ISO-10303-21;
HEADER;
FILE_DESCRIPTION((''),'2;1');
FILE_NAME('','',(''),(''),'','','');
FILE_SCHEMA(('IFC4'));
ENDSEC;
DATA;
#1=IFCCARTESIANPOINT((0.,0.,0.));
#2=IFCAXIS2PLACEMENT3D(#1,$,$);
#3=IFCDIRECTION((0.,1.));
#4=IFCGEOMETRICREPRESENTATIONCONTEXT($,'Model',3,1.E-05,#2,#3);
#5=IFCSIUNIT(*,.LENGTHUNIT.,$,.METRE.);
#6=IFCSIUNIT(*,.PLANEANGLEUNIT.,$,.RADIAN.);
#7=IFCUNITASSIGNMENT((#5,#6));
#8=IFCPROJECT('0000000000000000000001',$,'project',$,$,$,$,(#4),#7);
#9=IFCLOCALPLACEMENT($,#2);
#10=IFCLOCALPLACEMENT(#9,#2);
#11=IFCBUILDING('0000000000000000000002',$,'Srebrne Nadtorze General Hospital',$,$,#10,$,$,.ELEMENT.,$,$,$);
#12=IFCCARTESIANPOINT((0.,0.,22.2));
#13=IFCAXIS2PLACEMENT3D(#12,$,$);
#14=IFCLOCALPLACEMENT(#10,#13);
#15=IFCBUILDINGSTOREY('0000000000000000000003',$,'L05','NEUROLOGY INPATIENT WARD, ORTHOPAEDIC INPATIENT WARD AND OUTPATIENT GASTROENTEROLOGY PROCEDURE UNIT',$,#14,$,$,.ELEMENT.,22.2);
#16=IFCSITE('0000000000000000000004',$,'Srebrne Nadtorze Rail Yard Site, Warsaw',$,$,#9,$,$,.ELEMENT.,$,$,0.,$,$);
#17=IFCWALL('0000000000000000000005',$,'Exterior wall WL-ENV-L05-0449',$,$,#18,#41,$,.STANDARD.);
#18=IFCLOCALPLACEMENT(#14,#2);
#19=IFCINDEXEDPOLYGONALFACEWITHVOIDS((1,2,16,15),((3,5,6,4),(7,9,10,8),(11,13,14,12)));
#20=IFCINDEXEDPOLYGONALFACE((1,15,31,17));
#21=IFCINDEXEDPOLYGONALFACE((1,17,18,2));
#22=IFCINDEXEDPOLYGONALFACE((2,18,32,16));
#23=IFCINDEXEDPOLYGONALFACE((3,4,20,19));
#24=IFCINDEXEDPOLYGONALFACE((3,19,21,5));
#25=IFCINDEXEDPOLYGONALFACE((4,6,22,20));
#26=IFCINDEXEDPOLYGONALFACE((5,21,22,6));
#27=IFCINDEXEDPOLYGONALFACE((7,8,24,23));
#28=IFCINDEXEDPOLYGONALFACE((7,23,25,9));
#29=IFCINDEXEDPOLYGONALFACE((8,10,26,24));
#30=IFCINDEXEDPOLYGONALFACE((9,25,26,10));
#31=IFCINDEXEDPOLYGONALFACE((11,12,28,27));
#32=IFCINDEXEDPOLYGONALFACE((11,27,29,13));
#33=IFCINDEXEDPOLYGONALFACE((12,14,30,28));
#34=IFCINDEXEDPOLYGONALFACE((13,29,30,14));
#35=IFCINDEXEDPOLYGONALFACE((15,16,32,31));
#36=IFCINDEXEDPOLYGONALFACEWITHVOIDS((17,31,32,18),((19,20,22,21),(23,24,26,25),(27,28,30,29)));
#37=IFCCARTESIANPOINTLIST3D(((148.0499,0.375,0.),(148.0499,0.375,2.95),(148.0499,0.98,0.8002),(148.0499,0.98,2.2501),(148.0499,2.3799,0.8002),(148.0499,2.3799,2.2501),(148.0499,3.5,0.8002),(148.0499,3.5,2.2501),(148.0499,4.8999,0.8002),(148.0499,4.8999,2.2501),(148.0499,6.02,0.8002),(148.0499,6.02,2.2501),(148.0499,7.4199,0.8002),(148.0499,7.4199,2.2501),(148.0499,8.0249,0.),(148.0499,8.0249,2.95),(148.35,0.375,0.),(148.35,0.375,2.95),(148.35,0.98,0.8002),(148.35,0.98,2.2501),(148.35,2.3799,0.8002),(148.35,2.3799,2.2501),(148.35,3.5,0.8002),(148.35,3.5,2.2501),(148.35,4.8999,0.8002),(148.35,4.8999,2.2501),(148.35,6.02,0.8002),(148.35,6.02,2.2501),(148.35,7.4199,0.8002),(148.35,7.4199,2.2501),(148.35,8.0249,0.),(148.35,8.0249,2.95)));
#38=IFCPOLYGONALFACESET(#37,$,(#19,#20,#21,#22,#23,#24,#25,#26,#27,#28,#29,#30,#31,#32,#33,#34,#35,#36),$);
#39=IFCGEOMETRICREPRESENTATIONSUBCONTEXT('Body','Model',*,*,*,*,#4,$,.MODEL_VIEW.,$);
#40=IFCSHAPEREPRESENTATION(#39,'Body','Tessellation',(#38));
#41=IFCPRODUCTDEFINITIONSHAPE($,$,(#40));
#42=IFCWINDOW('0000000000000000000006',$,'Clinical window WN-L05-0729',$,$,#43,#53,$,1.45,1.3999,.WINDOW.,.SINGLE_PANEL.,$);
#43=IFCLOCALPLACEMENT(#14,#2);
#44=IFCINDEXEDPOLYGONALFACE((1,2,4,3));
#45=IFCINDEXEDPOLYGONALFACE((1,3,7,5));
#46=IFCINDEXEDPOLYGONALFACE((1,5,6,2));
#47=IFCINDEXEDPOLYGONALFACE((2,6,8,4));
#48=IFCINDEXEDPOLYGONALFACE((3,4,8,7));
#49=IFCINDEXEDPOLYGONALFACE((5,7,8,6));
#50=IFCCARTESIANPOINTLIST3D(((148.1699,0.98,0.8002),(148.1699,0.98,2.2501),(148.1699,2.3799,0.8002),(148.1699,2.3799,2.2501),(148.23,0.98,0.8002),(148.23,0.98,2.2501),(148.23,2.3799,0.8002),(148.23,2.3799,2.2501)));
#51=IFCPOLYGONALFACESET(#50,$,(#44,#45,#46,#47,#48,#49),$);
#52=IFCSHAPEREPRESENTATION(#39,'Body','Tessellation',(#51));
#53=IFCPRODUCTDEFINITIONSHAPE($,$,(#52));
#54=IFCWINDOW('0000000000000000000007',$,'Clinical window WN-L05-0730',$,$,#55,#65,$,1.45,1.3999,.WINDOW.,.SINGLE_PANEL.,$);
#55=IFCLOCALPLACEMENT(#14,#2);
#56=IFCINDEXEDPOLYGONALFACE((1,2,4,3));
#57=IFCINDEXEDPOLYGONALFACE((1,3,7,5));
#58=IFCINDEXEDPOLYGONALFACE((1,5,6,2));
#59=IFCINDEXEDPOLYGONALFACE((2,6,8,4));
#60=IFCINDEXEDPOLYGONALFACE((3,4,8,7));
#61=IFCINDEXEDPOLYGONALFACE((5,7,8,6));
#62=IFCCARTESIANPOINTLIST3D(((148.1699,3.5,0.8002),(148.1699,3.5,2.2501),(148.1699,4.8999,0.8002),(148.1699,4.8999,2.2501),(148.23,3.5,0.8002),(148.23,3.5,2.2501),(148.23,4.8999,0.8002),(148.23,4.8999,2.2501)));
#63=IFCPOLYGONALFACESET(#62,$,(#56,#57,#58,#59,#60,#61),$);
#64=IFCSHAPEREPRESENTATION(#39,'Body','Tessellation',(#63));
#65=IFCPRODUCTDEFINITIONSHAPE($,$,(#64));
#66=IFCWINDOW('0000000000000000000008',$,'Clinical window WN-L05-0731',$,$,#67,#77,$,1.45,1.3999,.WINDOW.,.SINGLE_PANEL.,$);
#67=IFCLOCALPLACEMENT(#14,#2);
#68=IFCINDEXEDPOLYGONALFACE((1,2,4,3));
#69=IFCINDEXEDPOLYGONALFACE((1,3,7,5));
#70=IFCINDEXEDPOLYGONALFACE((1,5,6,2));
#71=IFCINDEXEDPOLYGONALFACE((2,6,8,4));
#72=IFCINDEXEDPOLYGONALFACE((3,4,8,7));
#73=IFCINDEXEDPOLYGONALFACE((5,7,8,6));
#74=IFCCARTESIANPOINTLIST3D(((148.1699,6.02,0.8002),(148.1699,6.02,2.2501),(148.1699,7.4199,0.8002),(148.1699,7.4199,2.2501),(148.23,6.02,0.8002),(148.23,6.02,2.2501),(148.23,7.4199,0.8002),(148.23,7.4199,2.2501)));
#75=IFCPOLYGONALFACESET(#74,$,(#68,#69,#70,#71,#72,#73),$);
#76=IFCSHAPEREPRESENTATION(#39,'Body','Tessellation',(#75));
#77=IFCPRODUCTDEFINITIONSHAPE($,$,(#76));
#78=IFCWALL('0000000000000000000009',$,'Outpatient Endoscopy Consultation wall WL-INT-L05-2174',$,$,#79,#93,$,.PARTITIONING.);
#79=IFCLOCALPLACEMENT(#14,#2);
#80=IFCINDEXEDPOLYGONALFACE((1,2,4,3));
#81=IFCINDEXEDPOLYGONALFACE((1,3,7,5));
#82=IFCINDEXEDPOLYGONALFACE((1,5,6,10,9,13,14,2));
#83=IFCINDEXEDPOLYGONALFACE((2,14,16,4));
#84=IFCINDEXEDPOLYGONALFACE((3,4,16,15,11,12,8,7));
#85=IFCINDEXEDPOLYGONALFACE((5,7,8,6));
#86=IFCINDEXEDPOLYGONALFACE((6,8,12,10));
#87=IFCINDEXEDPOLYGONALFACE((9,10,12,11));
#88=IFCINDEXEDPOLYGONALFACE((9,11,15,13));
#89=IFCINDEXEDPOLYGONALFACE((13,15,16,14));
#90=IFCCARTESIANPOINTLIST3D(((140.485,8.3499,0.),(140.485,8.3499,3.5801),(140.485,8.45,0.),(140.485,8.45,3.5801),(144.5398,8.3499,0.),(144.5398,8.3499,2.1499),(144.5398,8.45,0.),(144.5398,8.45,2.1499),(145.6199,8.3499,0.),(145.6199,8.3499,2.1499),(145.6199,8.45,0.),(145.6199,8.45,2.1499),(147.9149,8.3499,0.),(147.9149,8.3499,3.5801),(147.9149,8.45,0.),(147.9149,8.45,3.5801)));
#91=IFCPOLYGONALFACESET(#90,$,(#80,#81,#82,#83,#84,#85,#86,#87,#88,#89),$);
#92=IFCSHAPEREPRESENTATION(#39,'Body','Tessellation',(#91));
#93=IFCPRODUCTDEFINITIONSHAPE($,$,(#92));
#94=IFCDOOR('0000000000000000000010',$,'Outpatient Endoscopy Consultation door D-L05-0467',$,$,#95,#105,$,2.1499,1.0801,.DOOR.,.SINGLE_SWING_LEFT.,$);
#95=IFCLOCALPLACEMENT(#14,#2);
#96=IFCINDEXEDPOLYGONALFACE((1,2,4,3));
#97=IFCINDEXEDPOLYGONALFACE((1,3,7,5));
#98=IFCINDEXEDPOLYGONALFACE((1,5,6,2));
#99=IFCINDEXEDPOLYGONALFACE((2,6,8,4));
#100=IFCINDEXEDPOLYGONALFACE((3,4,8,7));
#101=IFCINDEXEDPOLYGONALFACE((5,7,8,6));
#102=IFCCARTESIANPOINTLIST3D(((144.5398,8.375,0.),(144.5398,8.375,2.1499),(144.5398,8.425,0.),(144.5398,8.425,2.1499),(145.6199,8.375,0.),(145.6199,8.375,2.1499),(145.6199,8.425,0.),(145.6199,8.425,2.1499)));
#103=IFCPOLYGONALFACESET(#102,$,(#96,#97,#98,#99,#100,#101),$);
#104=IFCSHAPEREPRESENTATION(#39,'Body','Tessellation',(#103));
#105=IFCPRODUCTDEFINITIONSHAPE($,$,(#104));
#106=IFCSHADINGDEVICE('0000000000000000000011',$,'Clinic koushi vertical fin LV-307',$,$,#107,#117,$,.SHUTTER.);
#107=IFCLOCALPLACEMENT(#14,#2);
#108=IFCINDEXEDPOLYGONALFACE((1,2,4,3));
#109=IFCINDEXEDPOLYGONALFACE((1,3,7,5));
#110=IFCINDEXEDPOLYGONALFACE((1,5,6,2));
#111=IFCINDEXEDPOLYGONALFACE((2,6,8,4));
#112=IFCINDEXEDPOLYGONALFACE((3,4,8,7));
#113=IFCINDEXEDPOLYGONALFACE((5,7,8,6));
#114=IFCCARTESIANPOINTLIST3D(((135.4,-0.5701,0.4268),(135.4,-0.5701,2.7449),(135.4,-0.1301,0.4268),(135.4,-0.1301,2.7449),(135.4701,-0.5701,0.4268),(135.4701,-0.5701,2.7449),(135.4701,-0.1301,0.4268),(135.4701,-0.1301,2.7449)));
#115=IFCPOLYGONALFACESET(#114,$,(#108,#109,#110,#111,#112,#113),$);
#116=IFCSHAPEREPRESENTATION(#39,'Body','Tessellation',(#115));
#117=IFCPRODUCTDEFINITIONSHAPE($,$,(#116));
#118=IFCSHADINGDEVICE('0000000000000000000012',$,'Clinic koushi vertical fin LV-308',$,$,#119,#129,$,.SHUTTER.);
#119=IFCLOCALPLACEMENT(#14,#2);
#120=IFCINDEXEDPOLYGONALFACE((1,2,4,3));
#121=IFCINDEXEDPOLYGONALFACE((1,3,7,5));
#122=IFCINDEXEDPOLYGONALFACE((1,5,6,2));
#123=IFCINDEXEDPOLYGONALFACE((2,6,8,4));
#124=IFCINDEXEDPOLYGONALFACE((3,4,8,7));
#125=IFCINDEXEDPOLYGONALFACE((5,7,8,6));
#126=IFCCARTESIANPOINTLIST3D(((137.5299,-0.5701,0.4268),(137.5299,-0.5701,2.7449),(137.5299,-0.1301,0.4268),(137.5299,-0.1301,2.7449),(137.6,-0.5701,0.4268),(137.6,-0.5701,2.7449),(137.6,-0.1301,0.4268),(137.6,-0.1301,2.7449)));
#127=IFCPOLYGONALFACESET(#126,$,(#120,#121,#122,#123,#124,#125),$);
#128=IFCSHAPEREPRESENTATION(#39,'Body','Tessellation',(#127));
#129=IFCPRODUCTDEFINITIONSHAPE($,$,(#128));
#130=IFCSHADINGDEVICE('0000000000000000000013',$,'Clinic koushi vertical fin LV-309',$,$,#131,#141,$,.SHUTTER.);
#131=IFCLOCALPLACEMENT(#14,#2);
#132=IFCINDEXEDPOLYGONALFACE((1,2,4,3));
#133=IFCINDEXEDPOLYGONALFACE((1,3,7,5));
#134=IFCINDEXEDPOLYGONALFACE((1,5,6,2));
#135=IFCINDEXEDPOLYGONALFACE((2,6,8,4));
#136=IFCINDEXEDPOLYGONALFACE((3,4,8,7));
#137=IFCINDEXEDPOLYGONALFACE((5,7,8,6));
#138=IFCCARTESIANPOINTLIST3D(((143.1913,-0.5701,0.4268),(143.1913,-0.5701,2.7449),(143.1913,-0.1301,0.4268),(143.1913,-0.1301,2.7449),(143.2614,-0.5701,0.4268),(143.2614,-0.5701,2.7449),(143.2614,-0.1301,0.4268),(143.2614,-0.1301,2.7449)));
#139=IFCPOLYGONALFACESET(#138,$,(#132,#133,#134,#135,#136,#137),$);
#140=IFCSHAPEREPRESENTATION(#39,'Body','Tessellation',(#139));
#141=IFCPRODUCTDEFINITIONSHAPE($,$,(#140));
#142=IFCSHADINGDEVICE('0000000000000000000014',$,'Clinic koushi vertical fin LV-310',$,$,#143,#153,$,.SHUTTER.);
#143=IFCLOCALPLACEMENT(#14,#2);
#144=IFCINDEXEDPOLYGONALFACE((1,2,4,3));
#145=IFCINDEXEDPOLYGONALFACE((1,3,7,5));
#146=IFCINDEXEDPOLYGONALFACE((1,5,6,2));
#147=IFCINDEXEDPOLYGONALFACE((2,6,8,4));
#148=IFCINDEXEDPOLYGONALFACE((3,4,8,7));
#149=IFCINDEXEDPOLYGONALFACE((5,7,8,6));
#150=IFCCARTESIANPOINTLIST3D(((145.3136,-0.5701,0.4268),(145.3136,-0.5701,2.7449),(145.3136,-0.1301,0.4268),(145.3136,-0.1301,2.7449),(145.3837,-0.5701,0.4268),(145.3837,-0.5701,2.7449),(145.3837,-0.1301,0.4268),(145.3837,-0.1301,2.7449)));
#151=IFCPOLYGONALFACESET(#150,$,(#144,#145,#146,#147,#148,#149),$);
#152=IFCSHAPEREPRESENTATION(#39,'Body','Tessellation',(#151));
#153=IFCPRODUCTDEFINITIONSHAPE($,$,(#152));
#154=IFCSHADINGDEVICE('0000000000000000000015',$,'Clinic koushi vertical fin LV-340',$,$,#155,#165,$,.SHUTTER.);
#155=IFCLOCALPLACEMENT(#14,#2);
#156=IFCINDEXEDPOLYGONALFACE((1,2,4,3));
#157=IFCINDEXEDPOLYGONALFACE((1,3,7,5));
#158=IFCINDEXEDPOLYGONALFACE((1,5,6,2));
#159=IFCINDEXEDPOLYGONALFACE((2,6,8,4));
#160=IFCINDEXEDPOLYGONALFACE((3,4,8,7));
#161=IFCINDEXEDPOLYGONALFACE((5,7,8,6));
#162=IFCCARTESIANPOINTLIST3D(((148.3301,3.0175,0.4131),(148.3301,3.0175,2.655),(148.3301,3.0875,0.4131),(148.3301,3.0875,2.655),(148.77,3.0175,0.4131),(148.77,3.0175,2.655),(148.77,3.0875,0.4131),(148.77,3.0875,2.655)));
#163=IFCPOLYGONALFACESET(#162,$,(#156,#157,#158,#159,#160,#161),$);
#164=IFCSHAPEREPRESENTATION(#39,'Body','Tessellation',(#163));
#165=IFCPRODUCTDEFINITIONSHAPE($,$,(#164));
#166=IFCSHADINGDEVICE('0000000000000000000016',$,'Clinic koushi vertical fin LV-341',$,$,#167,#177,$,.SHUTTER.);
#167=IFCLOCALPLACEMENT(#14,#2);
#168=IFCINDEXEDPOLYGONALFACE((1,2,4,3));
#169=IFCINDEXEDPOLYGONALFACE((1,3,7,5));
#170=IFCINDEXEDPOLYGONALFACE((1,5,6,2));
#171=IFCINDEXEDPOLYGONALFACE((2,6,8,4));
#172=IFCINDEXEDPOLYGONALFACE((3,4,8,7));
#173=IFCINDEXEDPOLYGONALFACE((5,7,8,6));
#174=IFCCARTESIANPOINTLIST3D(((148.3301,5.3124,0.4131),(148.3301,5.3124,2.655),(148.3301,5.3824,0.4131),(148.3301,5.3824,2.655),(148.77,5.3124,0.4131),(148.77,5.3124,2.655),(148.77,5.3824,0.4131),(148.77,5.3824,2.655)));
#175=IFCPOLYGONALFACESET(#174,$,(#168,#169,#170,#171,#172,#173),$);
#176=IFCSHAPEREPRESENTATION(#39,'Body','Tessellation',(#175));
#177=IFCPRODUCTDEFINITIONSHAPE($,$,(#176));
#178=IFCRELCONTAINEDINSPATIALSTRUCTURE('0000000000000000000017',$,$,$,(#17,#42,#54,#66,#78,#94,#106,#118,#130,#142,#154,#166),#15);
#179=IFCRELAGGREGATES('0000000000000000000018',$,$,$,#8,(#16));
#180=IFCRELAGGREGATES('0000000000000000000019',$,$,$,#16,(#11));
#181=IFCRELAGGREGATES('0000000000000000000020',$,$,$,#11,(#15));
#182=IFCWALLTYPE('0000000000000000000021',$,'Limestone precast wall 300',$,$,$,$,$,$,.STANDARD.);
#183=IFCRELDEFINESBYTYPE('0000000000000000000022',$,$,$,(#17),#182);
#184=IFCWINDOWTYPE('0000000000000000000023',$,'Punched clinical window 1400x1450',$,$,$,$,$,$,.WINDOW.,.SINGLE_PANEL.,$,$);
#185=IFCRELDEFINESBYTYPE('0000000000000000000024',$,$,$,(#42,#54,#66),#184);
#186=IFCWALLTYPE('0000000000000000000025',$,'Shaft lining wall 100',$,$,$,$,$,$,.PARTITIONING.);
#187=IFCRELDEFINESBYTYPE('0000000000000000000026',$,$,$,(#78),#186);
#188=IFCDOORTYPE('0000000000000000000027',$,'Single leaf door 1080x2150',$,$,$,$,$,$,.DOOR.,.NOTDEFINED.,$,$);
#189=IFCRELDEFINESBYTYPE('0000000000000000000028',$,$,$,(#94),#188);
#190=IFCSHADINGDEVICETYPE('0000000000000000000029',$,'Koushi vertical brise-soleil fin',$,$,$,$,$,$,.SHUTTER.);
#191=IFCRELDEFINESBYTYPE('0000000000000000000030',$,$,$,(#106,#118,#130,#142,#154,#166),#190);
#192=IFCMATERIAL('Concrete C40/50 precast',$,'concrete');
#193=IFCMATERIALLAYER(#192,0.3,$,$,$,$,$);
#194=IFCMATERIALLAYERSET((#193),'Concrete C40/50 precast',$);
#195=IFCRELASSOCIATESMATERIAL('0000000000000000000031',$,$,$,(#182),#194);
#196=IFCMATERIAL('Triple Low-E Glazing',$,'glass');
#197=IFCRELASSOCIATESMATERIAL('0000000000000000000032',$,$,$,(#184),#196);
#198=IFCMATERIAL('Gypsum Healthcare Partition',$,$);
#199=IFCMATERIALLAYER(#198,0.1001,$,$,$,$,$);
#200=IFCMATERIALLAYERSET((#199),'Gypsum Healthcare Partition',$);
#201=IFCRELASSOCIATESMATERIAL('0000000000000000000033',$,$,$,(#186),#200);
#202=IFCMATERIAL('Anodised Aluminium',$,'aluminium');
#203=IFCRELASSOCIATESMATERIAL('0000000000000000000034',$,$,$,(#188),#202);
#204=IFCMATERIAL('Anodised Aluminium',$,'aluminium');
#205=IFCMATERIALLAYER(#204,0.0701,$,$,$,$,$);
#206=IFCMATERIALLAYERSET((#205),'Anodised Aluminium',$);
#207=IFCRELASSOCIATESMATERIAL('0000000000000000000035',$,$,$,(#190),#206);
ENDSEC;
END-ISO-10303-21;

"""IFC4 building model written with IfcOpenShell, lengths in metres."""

from ifc_helpers import new_model, si_unit, direction, frame, frame_2d, origin, origin_2d, place, context, subcontext, project, spatial, rectangle, extrude, material, layer, layer_set, type_object, element, fill, save


model = new_model("IFC4")

# Units and contexts
model_context = context("Model", 3, precision=1e-05, world=origin(), true_north=direction((0.0, 1.0)))
body_context = subcontext(model_context, "Body", "Model", "MODEL_VIEW")
ifc_project = project(units=[si_unit("LENGTHUNIT", "METRE"), si_unit("PLANEANGLEUNIT", "RADIAN")], contexts=[model_context])

# Site, building, storey
site_placement = place(None, origin())
site = spatial("IfcSite", under=ifc_project, at=site_placement, Name="Srebrne Nadtorze Rail Yard Site, Warsaw", CompositionType="ELEMENT", RefElevation=0.0)
building_placement = place(site_placement, origin())
building = spatial("IfcBuilding", under=site, at=building_placement, Name="Srebrne Nadtorze General Hospital", CompositionType="ELEMENT")
storey_placement = place(building_placement, frame((0.0, 0.0, 22.2)))
storey = spatial("IfcBuildingStorey", under=building, at=storey_placement, Name="L05", Description="NEUROLOGY INPATIENT WARD, ORTHOPAEDIC INPATIENT WARD AND OUTPATIENT GASTROENTEROLOGY PROCEDURE UNIT", CompositionType="ELEMENT", Elevation=22.2)

# Wall, openings, windows
ifc_material_1 = material(Name="Concrete C40/50 precast", Category="concrete")
ifc_layer_1 = layer(ifc_material_1, 0.3)
ifc_layer_set_1 = layer_set([ifc_layer_1], Name="Concrete C40/50 precast")
wall_type_1 = type_object("IfcWallType", Name="Limestone precast wall 300", PredefinedType="STANDARD", material=ifc_layer_set_1)
wall_1_placement = place(storey_placement, frame((148.2, 0.375, 0.0), z_axis=(0.0, 0.0, 1.0), x_axis=(0.0, 1.0, 0.0)))
wall_1 = element("IfcWall", 1, at=wall_1_placement, inside=storey, type_object=wall_type_1, Name="Exterior wall WL-ENV-L05-0449", PredefinedType="STANDARD", context=body_context, shape_type="SweptSolid", body=[
    extrude(rectangle(XDim=7.6499, YDim=0.3, at=frame_2d((3.825, 0.0))), origin(), (0.0, 0.0, 1.0), 2.95),
])
opening_1_placement = place(wall_1_placement, frame((0.605, 0.0, 0.8)))
opening_1 = element("IfcOpeningElement", 2, at=opening_1_placement, cuts=wall_1, PredefinedType="OPENING", context=body_context, shape_type="SweptSolid", body=[
    extrude(rectangle(XDim=1.3999, YDim=1.45, at=frame_2d((0.7, 0.7251))), frame((0.0, 0.1621, 0.0), z_axis=(0.0, -1.0, 0.0), x_axis=(1.0, 0.0, 0.0)), (0.0, 0.0, 1.0), 0.324),
])
opening_2_placement = place(wall_1_placement, frame((3.125, 0.0, 0.8)))
opening_2 = element("IfcOpeningElement", 3, at=opening_2_placement, cuts=wall_1, PredefinedType="OPENING", context=body_context, shape_type="SweptSolid", body=[
    extrude(rectangle(XDim=1.3999, YDim=1.45, at=frame_2d((0.7, 0.7251))), frame((0.0, 0.1621, 0.0), z_axis=(0.0, -1.0, 0.0), x_axis=(1.0, 0.0, 0.0)), (0.0, 0.0, 1.0), 0.324),
])
opening_3_placement = place(wall_1_placement, frame((5.645, 0.0, 0.8)))
opening_3 = element("IfcOpeningElement", 4, at=opening_3_placement, cuts=wall_1, PredefinedType="OPENING", context=body_context, shape_type="SweptSolid", body=[
    extrude(rectangle(XDim=1.3999, YDim=1.45, at=frame_2d((0.7, 0.7251))), frame((0.0, 0.1621, 0.0), z_axis=(0.0, -1.0, 0.0), x_axis=(1.0, 0.0, 0.0)), (0.0, 0.0, 1.0), 0.324),
])
ifc_material_2 = material(Name="Triple Low-E Glazing", Category="glass")
window_type_1 = type_object("IfcWindowType", Name="Punched clinical window 1400x1450", PartitioningType="SINGLE_PANEL", PredefinedType="WINDOW", material=ifc_material_2)
window_1_placement = place(opening_1_placement, origin())
window_1 = element("IfcWindow", 5, at=window_1_placement, inside=storey, type_object=window_type_1, Name="Clinical window WN-L05-0729", OverallHeight=1.45, OverallWidth=1.3999, PartitioningType="SINGLE_PANEL", PredefinedType="WINDOW", context=body_context, shape_type="SweptSolid", body=[
    extrude(rectangle(XDim=1.3999, YDim=1.45, at=frame_2d((0.7, 0.7251))), frame((0.0, 0.03, 0.0), z_axis=(0.0, -1.0, 0.0), x_axis=(1.0, 0.0, 0.0)), (0.0, 0.0, 1.0), 0.0601),
])
fill(opening_1, window_1)
window_2_placement = place(opening_2_placement, origin())
window_2 = element("IfcWindow", 6, at=window_2_placement, inside=storey, type_object=window_type_1, Name="Clinical window WN-L05-0730", OverallHeight=1.45, OverallWidth=1.3999, PartitioningType="SINGLE_PANEL", PredefinedType="WINDOW", context=body_context, shape_type="SweptSolid", body=[
    extrude(rectangle(XDim=1.3999, YDim=1.45, at=frame_2d((0.7, 0.7251))), frame((0.0, 0.03, 0.0), z_axis=(0.0, -1.0, 0.0), x_axis=(1.0, 0.0, 0.0)), (0.0, 0.0, 1.0), 0.0601),
])
fill(opening_2, window_2)
window_3_placement = place(opening_3_placement, origin())
window_3 = element("IfcWindow", 7, at=window_3_placement, inside=storey, type_object=window_type_1, Name="Clinical window WN-L05-0731", OverallHeight=1.45, OverallWidth=1.3999, PartitioningType="SINGLE_PANEL", PredefinedType="WINDOW", context=body_context, shape_type="SweptSolid", body=[
    extrude(rectangle(XDim=1.3999, YDim=1.45, at=frame_2d((0.7, 0.7251))), frame((0.0, 0.03, 0.0), z_axis=(0.0, -1.0, 0.0), x_axis=(1.0, 0.0, 0.0)), (0.0, 0.0, 1.0), 0.0601),
])
fill(opening_3, window_3)

# Wall, opening, door
ifc_material_3 = material(Name="Gypsum Healthcare Partition")
ifc_layer_2 = layer(ifc_material_3, 0.1001)
ifc_layer_set_2 = layer_set([ifc_layer_2], Name="Gypsum Healthcare Partition")
wall_type_2 = type_object("IfcWallType", Name="Shaft lining wall 100", PredefinedType="PARTITIONING", material=ifc_layer_set_2)
wall_2_placement = place(storey_placement, frame((140.4851, 8.3999, 0.0), z_axis=(0.0, 0.0, 1.0), x_axis=(1.0, 0.0, 0.0)))
wall_2 = element("IfcWall", 8, at=wall_2_placement, inside=storey, type_object=wall_type_2, Name="Outpatient Endoscopy Consultation wall WL-INT-L05-2174", PredefinedType="PARTITIONING", context=body_context, shape_type="SweptSolid", body=[
    extrude(rectangle(XDim=7.4299, YDim=0.1001, at=frame_2d((3.7148, 0.0))), origin(), (0.0, 0.0, 1.0), 3.5801),
])
opening_4_placement = place(wall_2_placement, frame((4.0547, 0.0, 0.0)))
opening_4 = element("IfcOpeningElement", 9, at=opening_4_placement, cuts=wall_2, PredefinedType="OPENING", context=body_context, shape_type="SweptSolid", body=[
    extrude(rectangle(XDim=1.0801, YDim=2.1499, at=frame_2d((0.54, 1.075))), frame((0.0, 0.062, 0.0), z_axis=(0.0, -1.0, 0.0), x_axis=(1.0, 0.0, 0.0)), (0.0, 0.0, 1.0), 0.124),
])
ifc_material_4 = material(Name="Anodised Aluminium", Category="aluminium")
door_type = type_object("IfcDoorType", Name="Single leaf door 1080x2150", OperationType="NOTDEFINED", PredefinedType="DOOR", material=ifc_material_4)
door_placement = place(opening_4_placement, frame((1.0801, 0.0, 0.0), z_axis=(0.0, 0.0, 1.0), x_axis=(-1.0, 0.0, 0.0)))
door = element("IfcDoor", 10, at=door_placement, inside=storey, type_object=door_type, Name="Outpatient Endoscopy Consultation door D-L05-0467", OperationType="SINGLE_SWING_LEFT", OverallHeight=2.1499, OverallWidth=1.0801, PredefinedType="DOOR", context=body_context, shape_type="SweptSolid", body=[
    extrude(rectangle(XDim=1.0801, YDim=2.1499, at=frame_2d((0.54, 1.075))), frame((0.0, 0.0249, 0.0), z_axis=(0.0, -1.0, 0.0), x_axis=(1.0, 0.0, 0.0)), (0.0, 0.0, 1.0), 0.05),
])
fill(opening_4, door)

# Shading devices
ifc_material_5 = material(Name="Anodised Aluminium", Category="aluminium")
ifc_layer_3 = layer(ifc_material_5, 0.0701)
ifc_layer_set_3 = layer_set([ifc_layer_3], Name="Anodised Aluminium")
shading_device_type = type_object("IfcShadingDeviceType", Name="Koushi vertical brise-soleil fin", PredefinedType="SHUTTER", material=ifc_layer_set_3)
for number, where, z_axis, x_axis, name in (
    (11, (135.4351, -0.3501, 0.4268), (0.0, 0.0, 1.0), (1.0, 0.0, 0.0), "Clinic koushi vertical fin LV-307"),
    (12, (137.5649, -0.3501, 0.4268), (0.0, 0.0, 1.0), (1.0, 0.0, 0.0), "Clinic koushi vertical fin LV-308"),
    (13, (143.2263, -0.3501, 0.4268), (0.0, 0.0, 1.0), (1.0, 0.0, 0.0), "Clinic koushi vertical fin LV-309"),
    (14, (145.3486, -0.3501, 0.4268), (0.0, 0.0, 1.0), (1.0, 0.0, 0.0), "Clinic koushi vertical fin LV-310"),
):
    element("IfcShadingDevice", number, at=place(storey_placement, frame(where, z_axis=z_axis, x_axis=x_axis)), inside=storey, type_object=shading_device_type, Name=name, PredefinedType="SHUTTER", context=body_context, shape_type="SweptSolid", body=[
        extrude(rectangle(XDim=0.0701, YDim=0.4399, at=origin_2d()), origin(), (0.0, 0.0, 1.0), 2.3181),
    ])
for number, where, z_axis, x_axis, name in (
    (15, (148.55, 3.0525, 0.4131), (0.0, 0.0, 1.0), (1.0, 0.0, 0.0), "Clinic koushi vertical fin LV-340"),
    (16, (148.55, 5.3474, 0.4131), (0.0, 0.0, 1.0), (1.0, 0.0, 0.0), "Clinic koushi vertical fin LV-341"),
):
    element("IfcShadingDevice", number, at=place(storey_placement, frame(where, z_axis=z_axis, x_axis=x_axis)), inside=storey, type_object=shading_device_type, Name=name, PredefinedType="SHUTTER", context=body_context, shape_type="SweptSolid", body=[
        extrude(rectangle(XDim=0.4399, YDim=0.0701, at=origin_2d()), origin(), (0.0, 0.0, 1.0), 2.2419),
    ])

save(model, "model.ifc")
